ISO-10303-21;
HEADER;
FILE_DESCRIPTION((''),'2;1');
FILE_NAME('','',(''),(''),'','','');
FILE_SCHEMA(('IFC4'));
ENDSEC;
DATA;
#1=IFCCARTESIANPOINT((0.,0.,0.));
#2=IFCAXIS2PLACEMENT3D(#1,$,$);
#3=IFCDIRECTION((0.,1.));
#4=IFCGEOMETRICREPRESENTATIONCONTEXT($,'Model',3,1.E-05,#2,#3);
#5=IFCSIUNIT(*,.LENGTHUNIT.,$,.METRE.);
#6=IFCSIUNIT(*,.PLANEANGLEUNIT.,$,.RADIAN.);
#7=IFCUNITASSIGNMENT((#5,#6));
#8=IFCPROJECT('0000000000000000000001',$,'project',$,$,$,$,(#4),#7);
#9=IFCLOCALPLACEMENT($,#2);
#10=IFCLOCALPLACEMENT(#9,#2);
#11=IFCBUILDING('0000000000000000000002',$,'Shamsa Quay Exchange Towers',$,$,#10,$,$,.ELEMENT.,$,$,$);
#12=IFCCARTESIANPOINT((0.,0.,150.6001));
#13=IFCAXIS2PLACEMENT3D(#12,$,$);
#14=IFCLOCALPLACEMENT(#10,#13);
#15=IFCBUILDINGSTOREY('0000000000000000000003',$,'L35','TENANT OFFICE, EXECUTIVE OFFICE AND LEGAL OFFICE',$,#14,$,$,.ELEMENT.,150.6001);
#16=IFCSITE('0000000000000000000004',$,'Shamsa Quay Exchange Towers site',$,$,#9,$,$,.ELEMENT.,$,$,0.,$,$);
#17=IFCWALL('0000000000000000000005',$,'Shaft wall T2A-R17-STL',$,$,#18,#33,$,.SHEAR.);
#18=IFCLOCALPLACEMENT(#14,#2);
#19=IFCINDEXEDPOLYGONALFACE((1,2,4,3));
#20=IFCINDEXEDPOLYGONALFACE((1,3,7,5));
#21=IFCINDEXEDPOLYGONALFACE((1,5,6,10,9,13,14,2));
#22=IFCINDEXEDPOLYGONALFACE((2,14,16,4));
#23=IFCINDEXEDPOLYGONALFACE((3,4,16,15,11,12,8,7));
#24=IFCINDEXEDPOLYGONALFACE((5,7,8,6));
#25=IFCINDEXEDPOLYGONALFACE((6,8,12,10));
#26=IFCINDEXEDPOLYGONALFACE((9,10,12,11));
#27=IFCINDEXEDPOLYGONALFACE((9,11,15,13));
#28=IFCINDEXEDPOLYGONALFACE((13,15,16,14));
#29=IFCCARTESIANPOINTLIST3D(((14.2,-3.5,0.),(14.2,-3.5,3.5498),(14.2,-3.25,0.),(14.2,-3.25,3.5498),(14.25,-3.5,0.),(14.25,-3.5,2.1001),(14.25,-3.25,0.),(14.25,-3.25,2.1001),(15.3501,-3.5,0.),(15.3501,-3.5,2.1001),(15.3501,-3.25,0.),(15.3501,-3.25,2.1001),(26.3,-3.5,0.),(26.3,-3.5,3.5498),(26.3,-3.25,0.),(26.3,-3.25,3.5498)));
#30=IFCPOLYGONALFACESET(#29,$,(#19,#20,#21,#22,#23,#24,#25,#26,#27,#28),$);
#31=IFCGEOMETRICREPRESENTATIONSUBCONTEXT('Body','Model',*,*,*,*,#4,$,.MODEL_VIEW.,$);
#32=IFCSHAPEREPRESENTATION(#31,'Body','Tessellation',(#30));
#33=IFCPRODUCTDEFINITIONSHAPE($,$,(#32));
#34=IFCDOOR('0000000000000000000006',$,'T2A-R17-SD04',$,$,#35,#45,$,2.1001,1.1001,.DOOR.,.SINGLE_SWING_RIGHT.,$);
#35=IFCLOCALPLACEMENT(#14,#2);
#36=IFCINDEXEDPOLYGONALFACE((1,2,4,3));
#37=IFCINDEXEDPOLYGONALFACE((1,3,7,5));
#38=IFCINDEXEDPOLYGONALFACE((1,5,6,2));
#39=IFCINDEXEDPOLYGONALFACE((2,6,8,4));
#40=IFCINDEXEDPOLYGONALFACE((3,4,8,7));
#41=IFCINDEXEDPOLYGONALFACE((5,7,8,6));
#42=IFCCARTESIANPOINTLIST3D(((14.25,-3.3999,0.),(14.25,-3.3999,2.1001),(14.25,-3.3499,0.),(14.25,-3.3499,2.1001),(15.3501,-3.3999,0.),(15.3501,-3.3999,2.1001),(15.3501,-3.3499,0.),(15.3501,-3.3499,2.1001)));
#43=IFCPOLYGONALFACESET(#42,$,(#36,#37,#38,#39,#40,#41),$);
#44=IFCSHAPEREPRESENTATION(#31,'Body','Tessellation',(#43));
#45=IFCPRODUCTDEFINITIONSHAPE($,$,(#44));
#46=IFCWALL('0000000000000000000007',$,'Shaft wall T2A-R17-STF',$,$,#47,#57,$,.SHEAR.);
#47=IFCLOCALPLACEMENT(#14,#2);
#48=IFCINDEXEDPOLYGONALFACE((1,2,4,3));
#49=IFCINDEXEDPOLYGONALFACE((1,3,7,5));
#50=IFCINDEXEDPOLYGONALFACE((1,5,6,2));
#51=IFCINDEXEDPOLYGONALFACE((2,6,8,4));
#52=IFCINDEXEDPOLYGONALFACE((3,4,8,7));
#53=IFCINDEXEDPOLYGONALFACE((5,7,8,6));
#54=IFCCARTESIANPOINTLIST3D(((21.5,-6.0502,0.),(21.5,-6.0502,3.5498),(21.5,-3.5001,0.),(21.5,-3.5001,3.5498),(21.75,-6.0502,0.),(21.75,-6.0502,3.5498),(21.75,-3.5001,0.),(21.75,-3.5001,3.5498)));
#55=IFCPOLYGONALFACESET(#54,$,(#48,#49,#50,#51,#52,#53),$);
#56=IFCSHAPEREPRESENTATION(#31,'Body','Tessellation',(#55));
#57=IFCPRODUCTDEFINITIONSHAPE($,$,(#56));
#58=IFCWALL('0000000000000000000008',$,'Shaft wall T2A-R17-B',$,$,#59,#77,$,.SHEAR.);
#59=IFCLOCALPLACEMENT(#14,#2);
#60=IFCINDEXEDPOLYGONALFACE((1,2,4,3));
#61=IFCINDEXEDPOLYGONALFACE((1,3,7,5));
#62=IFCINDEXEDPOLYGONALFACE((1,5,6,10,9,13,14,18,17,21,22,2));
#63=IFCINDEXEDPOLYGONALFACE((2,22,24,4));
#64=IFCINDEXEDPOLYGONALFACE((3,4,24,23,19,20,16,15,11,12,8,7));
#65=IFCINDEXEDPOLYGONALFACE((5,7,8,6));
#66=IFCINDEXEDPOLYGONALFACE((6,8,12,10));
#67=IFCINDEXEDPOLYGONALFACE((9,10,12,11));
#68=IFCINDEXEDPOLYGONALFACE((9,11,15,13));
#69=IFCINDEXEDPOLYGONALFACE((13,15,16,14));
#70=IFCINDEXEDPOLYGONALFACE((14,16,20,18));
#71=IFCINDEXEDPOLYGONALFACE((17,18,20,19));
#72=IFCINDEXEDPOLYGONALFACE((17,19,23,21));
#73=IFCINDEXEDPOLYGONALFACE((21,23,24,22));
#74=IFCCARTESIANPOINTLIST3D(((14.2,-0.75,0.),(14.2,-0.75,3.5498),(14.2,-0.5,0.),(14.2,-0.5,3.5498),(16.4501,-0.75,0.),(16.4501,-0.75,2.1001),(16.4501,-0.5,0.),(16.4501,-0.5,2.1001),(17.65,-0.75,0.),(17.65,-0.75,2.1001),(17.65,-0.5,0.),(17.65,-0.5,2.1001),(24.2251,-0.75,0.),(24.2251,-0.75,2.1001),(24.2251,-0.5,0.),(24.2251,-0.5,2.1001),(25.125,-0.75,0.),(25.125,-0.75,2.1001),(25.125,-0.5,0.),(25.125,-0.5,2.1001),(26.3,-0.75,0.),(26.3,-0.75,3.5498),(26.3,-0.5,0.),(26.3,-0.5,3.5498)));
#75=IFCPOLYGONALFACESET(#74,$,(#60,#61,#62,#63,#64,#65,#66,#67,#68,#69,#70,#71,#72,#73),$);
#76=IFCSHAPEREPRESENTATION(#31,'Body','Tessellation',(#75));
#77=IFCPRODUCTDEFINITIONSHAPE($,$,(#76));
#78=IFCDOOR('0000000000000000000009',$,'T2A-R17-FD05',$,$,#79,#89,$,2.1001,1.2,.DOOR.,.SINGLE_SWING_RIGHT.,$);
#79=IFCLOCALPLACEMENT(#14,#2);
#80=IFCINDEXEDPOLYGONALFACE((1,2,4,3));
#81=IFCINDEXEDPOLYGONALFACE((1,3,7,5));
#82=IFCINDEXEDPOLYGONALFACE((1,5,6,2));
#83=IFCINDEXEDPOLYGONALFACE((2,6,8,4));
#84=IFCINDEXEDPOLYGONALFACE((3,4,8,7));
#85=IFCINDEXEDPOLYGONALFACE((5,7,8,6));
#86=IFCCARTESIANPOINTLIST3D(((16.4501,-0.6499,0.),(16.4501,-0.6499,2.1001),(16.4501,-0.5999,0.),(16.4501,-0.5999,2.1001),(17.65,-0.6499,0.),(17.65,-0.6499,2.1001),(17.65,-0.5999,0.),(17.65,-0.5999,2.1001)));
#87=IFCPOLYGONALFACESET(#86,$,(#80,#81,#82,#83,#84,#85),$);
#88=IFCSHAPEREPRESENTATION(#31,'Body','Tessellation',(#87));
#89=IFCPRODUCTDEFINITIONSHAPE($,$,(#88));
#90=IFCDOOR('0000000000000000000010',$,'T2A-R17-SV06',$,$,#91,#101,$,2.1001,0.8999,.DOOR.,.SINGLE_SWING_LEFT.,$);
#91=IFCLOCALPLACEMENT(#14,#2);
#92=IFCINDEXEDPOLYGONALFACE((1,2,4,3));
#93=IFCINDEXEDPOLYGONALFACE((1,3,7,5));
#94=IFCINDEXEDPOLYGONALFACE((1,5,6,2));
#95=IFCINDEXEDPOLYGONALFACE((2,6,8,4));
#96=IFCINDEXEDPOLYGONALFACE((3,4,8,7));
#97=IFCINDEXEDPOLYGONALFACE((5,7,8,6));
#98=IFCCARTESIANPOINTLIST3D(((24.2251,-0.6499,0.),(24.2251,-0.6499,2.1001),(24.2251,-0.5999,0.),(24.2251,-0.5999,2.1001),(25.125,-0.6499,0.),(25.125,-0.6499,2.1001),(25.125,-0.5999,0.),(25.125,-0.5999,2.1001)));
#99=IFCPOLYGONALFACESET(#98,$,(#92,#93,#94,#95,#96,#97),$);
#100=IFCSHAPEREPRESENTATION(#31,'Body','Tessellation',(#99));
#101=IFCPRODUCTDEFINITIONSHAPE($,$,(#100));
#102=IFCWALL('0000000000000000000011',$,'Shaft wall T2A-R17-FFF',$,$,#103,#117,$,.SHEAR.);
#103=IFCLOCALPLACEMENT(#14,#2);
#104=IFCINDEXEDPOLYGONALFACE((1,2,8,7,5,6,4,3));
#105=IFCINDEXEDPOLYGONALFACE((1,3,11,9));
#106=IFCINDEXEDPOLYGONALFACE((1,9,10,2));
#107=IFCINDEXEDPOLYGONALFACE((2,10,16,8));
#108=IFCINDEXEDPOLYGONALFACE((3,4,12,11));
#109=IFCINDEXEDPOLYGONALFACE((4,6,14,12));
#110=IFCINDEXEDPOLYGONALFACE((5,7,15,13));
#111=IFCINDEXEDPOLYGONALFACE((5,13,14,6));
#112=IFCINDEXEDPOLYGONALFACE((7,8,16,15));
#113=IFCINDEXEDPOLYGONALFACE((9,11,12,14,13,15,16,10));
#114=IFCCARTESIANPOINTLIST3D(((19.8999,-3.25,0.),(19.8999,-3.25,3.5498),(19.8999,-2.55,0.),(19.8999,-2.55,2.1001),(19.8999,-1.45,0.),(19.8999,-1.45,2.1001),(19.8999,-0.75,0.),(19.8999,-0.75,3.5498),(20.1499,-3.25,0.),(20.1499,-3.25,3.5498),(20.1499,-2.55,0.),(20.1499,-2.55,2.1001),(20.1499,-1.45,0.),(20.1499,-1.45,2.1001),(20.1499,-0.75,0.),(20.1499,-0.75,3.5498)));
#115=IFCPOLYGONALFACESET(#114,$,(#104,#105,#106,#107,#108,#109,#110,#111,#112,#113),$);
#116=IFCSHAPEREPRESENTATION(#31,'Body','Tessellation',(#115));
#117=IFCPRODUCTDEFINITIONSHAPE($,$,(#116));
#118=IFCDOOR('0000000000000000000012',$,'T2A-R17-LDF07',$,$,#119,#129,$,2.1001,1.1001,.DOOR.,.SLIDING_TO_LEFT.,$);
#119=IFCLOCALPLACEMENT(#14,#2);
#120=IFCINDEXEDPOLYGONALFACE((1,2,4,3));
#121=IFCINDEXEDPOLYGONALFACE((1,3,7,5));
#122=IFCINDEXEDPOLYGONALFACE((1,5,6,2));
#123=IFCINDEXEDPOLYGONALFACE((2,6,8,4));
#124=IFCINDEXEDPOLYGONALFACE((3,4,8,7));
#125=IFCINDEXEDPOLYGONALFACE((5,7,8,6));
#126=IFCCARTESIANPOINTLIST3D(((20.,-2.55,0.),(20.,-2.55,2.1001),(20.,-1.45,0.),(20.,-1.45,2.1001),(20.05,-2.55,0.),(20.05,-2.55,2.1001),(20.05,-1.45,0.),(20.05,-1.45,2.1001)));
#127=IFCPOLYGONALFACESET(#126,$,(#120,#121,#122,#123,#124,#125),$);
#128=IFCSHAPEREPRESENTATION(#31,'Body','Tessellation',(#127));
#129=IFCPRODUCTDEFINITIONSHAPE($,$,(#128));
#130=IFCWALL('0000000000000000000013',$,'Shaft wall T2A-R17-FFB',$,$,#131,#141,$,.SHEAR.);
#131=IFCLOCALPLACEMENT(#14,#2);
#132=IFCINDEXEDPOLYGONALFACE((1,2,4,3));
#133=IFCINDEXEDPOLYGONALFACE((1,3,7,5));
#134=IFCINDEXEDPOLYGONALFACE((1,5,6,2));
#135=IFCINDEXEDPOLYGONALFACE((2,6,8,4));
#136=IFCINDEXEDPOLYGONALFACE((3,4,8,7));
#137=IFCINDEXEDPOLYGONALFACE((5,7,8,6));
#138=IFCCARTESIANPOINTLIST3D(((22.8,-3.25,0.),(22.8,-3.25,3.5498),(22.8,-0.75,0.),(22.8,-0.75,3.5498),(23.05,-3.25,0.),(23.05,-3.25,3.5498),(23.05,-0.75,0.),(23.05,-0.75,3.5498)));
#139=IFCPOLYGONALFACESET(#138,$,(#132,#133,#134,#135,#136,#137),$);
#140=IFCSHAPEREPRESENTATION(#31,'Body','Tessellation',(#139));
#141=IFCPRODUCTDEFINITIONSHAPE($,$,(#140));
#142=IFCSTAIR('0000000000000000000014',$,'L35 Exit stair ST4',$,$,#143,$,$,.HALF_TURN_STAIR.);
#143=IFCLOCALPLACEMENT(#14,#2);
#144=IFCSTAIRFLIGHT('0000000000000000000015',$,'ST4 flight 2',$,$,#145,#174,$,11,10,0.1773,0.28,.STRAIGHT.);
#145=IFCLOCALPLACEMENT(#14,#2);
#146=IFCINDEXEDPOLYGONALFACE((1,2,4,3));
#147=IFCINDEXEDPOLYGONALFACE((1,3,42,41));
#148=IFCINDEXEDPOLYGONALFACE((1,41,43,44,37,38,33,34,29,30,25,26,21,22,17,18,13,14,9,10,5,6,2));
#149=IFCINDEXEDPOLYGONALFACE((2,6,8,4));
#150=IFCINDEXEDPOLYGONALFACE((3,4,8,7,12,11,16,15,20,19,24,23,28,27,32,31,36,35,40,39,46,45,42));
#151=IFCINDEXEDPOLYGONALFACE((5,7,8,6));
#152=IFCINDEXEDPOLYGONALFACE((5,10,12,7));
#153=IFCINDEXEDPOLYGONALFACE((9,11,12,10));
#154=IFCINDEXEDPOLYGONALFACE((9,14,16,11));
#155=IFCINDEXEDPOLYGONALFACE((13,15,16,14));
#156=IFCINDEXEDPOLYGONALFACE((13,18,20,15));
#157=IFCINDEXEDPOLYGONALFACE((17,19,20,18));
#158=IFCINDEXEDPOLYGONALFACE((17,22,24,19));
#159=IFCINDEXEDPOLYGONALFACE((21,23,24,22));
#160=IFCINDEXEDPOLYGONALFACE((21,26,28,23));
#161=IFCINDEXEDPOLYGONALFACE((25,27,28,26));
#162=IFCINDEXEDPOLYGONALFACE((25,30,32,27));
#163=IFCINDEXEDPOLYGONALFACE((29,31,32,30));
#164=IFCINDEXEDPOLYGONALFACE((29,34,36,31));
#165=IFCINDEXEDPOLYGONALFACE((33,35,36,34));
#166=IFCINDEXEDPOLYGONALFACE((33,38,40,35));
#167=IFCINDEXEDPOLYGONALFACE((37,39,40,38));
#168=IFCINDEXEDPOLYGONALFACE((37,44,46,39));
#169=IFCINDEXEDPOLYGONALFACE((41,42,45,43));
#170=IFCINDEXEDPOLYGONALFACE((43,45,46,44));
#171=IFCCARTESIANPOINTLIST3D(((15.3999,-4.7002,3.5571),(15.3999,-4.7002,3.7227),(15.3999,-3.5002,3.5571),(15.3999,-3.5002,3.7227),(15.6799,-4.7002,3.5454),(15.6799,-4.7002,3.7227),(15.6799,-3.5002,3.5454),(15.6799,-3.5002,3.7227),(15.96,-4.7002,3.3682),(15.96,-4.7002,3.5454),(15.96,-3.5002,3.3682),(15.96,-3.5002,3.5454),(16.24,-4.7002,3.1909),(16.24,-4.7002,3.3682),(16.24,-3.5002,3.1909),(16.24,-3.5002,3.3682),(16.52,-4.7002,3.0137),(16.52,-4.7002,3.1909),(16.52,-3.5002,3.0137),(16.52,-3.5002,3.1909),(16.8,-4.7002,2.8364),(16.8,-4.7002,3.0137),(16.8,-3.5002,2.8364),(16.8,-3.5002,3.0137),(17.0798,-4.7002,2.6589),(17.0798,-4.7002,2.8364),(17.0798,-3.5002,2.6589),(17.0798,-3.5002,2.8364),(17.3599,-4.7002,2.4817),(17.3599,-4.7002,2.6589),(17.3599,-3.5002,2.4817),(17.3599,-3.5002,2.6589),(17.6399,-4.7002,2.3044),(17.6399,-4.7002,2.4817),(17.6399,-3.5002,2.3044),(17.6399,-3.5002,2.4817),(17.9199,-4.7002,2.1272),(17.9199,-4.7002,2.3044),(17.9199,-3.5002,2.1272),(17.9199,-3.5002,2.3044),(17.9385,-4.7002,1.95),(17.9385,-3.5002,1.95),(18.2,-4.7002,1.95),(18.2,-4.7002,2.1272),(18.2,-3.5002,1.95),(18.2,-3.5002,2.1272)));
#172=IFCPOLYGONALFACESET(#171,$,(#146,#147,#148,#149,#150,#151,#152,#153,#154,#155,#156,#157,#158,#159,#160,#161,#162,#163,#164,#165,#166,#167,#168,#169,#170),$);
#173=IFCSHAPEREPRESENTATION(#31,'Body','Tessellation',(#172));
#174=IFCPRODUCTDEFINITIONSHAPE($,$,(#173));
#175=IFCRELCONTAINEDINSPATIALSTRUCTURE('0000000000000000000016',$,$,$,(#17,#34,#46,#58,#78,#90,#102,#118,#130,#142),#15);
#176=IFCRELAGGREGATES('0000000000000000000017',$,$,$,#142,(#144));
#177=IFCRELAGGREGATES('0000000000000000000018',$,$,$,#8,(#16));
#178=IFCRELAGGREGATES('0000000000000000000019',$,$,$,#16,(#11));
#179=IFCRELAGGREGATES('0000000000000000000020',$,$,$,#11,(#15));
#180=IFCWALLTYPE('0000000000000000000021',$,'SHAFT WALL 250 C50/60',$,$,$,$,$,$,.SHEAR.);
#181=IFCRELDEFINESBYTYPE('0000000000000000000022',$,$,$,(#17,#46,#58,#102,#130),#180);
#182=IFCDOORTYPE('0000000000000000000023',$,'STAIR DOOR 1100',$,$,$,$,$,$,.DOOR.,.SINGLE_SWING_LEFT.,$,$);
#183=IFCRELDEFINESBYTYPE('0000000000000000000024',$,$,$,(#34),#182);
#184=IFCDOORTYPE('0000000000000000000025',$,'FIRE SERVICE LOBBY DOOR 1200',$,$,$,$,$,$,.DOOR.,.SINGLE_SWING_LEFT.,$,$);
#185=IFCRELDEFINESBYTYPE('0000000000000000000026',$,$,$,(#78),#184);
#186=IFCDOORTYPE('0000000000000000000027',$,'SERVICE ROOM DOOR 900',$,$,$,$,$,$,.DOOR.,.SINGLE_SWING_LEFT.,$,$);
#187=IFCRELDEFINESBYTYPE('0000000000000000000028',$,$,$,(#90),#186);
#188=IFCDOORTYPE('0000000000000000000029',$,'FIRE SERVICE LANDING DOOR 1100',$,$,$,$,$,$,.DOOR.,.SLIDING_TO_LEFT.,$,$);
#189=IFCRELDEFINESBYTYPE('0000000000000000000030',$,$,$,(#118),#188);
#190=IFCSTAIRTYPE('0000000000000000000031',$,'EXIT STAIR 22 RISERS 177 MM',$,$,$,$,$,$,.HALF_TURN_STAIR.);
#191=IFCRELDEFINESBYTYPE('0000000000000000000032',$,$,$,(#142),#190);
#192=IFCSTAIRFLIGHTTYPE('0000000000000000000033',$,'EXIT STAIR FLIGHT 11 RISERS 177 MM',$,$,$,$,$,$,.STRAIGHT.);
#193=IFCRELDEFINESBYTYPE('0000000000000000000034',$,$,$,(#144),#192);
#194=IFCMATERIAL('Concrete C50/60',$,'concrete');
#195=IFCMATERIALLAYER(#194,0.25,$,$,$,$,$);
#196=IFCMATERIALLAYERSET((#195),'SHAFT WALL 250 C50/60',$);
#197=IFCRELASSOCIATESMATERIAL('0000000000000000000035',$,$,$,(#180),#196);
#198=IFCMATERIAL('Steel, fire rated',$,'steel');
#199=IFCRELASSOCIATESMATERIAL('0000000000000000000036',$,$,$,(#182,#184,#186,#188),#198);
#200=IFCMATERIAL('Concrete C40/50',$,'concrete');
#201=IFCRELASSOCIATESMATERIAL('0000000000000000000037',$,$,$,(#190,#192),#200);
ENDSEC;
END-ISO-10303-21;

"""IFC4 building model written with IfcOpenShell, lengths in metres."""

from ifc_helpers import new_model, si_unit, direction, frame, frame_2d, origin, place, context, subcontext, project, spatial, polyline, rectangle, outline, extrude, material, layer, layer_set, type_object, element, fill, aggregate, save


model = new_model("IFC4")

# Units and contexts
model_context = context("Model", 3, precision=1e-05, world=origin(), true_north=direction((0.0, 1.0)))
body_context = subcontext(model_context, "Body", "Model", "MODEL_VIEW")
ifc_project = project(units=[si_unit("LENGTHUNIT", "METRE"), si_unit("PLANEANGLEUNIT", "RADIAN")], contexts=[model_context])

# Site, building, storey
site_placement = place(None, origin())
site = spatial("IfcSite", under=ifc_project, at=site_placement, Name="Shamsa Quay Exchange Towers site", CompositionType="ELEMENT", RefElevation=0.0)
building_placement = place(site_placement, origin())
building = spatial("IfcBuilding", under=site, at=building_placement, Name="Shamsa Quay Exchange Towers", CompositionType="ELEMENT")
storey_placement = place(building_placement, frame((0.0, 0.0, 150.6001)))
storey = spatial("IfcBuildingStorey", under=building, at=storey_placement, Name="L35", Description="TENANT OFFICE, EXECUTIVE OFFICE AND LEGAL OFFICE", CompositionType="ELEMENT", Elevation=150.6001)

# Wall, opening, door
ifc_material_1 = material(Name="Concrete C50/60", Category="concrete")
ifc_layer_1 = layer(ifc_material_1, 0.25)
ifc_layer_set_1 = layer_set([ifc_layer_1], Name="SHAFT WALL 250 C50/60")
wall_type_1 = type_object("IfcWallType", Name="SHAFT WALL 250 C50/60", PredefinedType="SHEAR", material=ifc_layer_set_1)
wall_1_placement = place(storey_placement, frame((26.3, -3.375, 0.0), z_axis=(0.0, 0.0, 1.0), x_axis=(-1.0, 0.0, 0.0)))
wall_1 = element("IfcWall", 1, at=wall_1_placement, inside=storey, type_object=wall_type_1, Name="Shaft wall T2A-R17-STL", PredefinedType="SHEAR", context=body_context, shape_type="SweptSolid", body=[
    extrude(rectangle(XDim=12.1001, YDim=0.25, at=frame_2d((6.05, 0.0))), origin(), (0.0, 0.0, 1.0), 3.5498),
])
opening_1_placement = place(wall_1_placement, frame((10.95, 0.0, 0.0)))
opening_1 = element("IfcOpeningElement", 2, at=opening_1_placement, cuts=wall_1, PredefinedType="OPENING", context=body_context, shape_type="SweptSolid", body=[
    extrude(rectangle(XDim=1.1001, YDim=2.1001, at=frame_2d((0.55, 1.05))), frame((0.0, 0.135, 0.0), z_axis=(0.0, -1.0, 0.0), x_axis=(1.0, 0.0, 0.0)), (0.0, 0.0, 1.0), 0.27),
])
ifc_material_2 = material(Name="Steel, fire rated", Category="steel")
door_type_1 = type_object("IfcDoorType", Name="STAIR DOOR 1100", OperationType="SINGLE_SWING_LEFT", PredefinedType="DOOR", material=ifc_material_2)
door_1_placement = place(opening_1_placement, origin())
door_1 = element("IfcDoor", 3, at=door_1_placement, inside=storey, type_object=door_type_1, Name="T2A-R17-SD04", OperationType="SINGLE_SWING_RIGHT", OverallHeight=2.1001, OverallWidth=1.1001, PredefinedType="DOOR", context=body_context, shape_type="SweptSolid", body=[
    extrude(rectangle(XDim=1.1001, YDim=2.1001, at=frame_2d((0.55, 1.05))), frame((0.0, 0.0249, 0.0), z_axis=(0.0, -1.0, 0.0), x_axis=(1.0, 0.0, 0.0)), (0.0, 0.0, 1.0), 0.05),
])
fill(opening_1, door_1)

# Wall
wall_2_placement = place(storey_placement, frame((21.625, -6.05, 0.0), z_axis=(0.0, 0.0, 1.0), x_axis=(0.0, 1.0, 0.0)))
element("IfcWall", 4, at=wall_2_placement, inside=storey, type_object=wall_type_1, Name="Shaft wall T2A-R17-STF", PredefinedType="SHEAR", context=body_context, shape_type="SweptSolid", body=[
    extrude(rectangle(XDim=2.55, YDim=0.25, at=frame_2d((1.2749, 0.0))), origin(), (0.0, 0.0, 1.0), 3.5498),
])

# Wall, openings, doors
wall_3_placement = place(storey_placement, frame((26.3, -0.625, 0.0), z_axis=(0.0, 0.0, 1.0), x_axis=(-1.0, 0.0, 0.0)))
wall_3 = element("IfcWall", 5, at=wall_3_placement, inside=storey, type_object=wall_type_1, Name="Shaft wall T2A-R17-B", PredefinedType="SHEAR", context=body_context, shape_type="SweptSolid", body=[
    extrude(rectangle(XDim=12.1001, YDim=0.25, at=frame_2d((6.05, 0.0))), origin(), (0.0, 0.0, 1.0), 3.5498),
])
opening_2_placement = place(wall_3_placement, frame((8.6499, 0.0, 0.0)))
opening_2 = element("IfcOpeningElement", 6, at=opening_2_placement, cuts=wall_3, PredefinedType="OPENING", context=body_context, shape_type="SweptSolid", body=[
    extrude(rectangle(XDim=1.2, YDim=2.1001, at=frame_2d((0.6001, 1.05))), frame((0.0, 0.135, 0.0), z_axis=(0.0, -1.0, 0.0), x_axis=(1.0, 0.0, 0.0)), (0.0, 0.0, 1.0), 0.27),
])
opening_3_placement = place(wall_3_placement, frame((1.175, 0.0, 0.0)))
opening_3 = element("IfcOpeningElement", 7, at=opening_3_placement, cuts=wall_3, PredefinedType="OPENING", context=body_context, shape_type="SweptSolid", body=[
    extrude(rectangle(XDim=0.8999, YDim=2.1001, at=frame_2d((0.45, 1.05))), frame((0.0, 0.135, 0.0), z_axis=(0.0, -1.0, 0.0), x_axis=(1.0, 0.0, 0.0)), (0.0, 0.0, 1.0), 0.27),
])
door_type_2 = type_object("IfcDoorType", Name="FIRE SERVICE LOBBY DOOR 1200", OperationType="SINGLE_SWING_LEFT", PredefinedType="DOOR", material=ifc_material_2)
door_2_placement = place(opening_2_placement, origin())
door_2 = element("IfcDoor", 8, at=door_2_placement, inside=storey, type_object=door_type_2, Name="T2A-R17-FD05", OperationType="SINGLE_SWING_RIGHT", OverallHeight=2.1001, OverallWidth=1.2, PredefinedType="DOOR", context=body_context, shape_type="SweptSolid", body=[
    extrude(rectangle(XDim=1.2, YDim=2.1001, at=frame_2d((0.6001, 1.05))), frame((0.0, 0.0249, 0.0), z_axis=(0.0, -1.0, 0.0), x_axis=(1.0, 0.0, 0.0)), (0.0, 0.0, 1.0), 0.05),
])
fill(opening_2, door_2)
door_type_3 = type_object("IfcDoorType", Name="SERVICE ROOM DOOR 900", OperationType="SINGLE_SWING_LEFT", PredefinedType="DOOR", material=ifc_material_2)
door_3_placement = place(opening_3_placement, origin())
door_3 = element("IfcDoor", 9, at=door_3_placement, inside=storey, type_object=door_type_3, Name="T2A-R17-SV06", OperationType="SINGLE_SWING_LEFT", OverallHeight=2.1001, OverallWidth=0.8999, PredefinedType="DOOR", context=body_context, shape_type="SweptSolid", body=[
    extrude(rectangle(XDim=0.8999, YDim=2.1001, at=frame_2d((0.45, 1.05))), frame((0.0, 0.0249, 0.0), z_axis=(0.0, -1.0, 0.0), x_axis=(1.0, 0.0, 0.0)), (0.0, 0.0, 1.0), 0.05),
])
fill(opening_3, door_3)

# Wall, opening, door
wall_4_placement = place(storey_placement, frame((20.0249, -3.25, 0.0), z_axis=(0.0, 0.0, 1.0), x_axis=(0.0, 1.0, 0.0)))
wall_4 = element("IfcWall", 10, at=wall_4_placement, inside=storey, type_object=wall_type_1, Name="Shaft wall T2A-R17-FFF", PredefinedType="SHEAR", context=body_context, shape_type="SweptSolid", body=[
    extrude(rectangle(XDim=2.5, YDim=0.25, at=frame_2d((1.25, 0.0))), origin(), (0.0, 0.0, 1.0), 3.5498),
])
opening_4_placement = place(wall_4_placement, frame((0.7, 0.0, 0.0)))
opening_4 = element("IfcOpeningElement", 11, at=opening_4_placement, cuts=wall_4, PredefinedType="OPENING", context=body_context, shape_type="SweptSolid", body=[
    extrude(rectangle(XDim=1.1001, YDim=2.1001, at=frame_2d((0.55, 1.05))), frame((0.0, 0.135, 0.0), z_axis=(0.0, -1.0, 0.0), x_axis=(1.0, 0.0, 0.0)), (0.0, 0.0, 1.0), 0.27),
])
door_type_4 = type_object("IfcDoorType", Name="FIRE SERVICE LANDING DOOR 1100", OperationType="SLIDING_TO_LEFT", PredefinedType="DOOR", material=ifc_material_2)
door_4_placement = place(opening_4_placement, origin())
door_4 = element("IfcDoor", 12, at=door_4_placement, inside=storey, type_object=door_type_4, Name="T2A-R17-LDF07", OperationType="SLIDING_TO_LEFT", OverallHeight=2.1001, OverallWidth=1.1001, PredefinedType="DOOR", context=body_context, shape_type="SweptSolid", body=[
    extrude(rectangle(XDim=1.1001, YDim=2.1001, at=frame_2d((0.55, 1.05))), frame((0.0, 0.0249, 0.0), z_axis=(0.0, -1.0, 0.0), x_axis=(1.0, 0.0, 0.0)), (0.0, 0.0, 1.0), 0.05),
])
fill(opening_4, door_4)

# Wall
wall_5_placement = place(storey_placement, frame((22.925, -3.25, 0.0), z_axis=(0.0, 0.0, 1.0), x_axis=(0.0, 1.0, 0.0)))
element("IfcWall", 13, at=wall_5_placement, inside=storey, type_object=wall_type_1, Name="Shaft wall T2A-R17-FFB", PredefinedType="SHEAR", context=body_context, shape_type="SweptSolid", body=[
    extrude(rectangle(XDim=2.5, YDim=0.25, at=frame_2d((1.25, 0.0))), origin(), (0.0, 0.0, 1.0), 3.5498),
])

# Stair, stair flight
ifc_material_3 = material(Name="Concrete C40/50", Category="concrete")
stair_type = type_object("IfcStairType", Name="EXIT STAIR 22 RISERS 177 MM", PredefinedType="HALF_TURN_STAIR", material=ifc_material_3)
stair_placement = place(storey_placement, origin())
stair = element("IfcStair", 14, at=stair_placement, inside=storey, type_object=stair_type, Name="L35 Exit stair ST4", PredefinedType="HALF_TURN_STAIR")
stair_flight_type = type_object("IfcStairFlightType", Name="EXIT STAIR FLIGHT 11 RISERS 177 MM", PredefinedType="STRAIGHT", material=ifc_material_3)
stair_flight_placement = place(storey_placement, frame((18.2, -4.1001, 1.95), z_axis=(0.0, 0.0, 1.0), x_axis=(-1.0, 0.0, 0.0)))
stair_flight = element("IfcStairFlight", 15, at=stair_flight_placement, type_object=stair_flight_type, Name="ST4 flight 2", NumberOfRisers=11, NumberOfTreads=10, PredefinedType="STRAIGHT", RiserHeight=0.1773, TreadLength=0.28, context=body_context, shape_type="SweptSolid", body=[
    extrude(outline(polyline([(0.0, 0.0), (0.0, 0.1772), (0.28, 0.1772), (0.28, 0.3545), (0.5601, 0.3545), (0.5601, 0.5317), (0.8401, 0.5317), (0.8401, 0.709), (1.1201, 0.709), (1.1201, 0.8865), (1.3999, 0.8865), (1.3999, 1.0637), (1.6799, 1.0637), (1.6799, 1.241), (1.96, 1.241), (1.96, 1.4182), (2.24, 1.4182), (2.24, 1.5955), (2.52, 1.5955), (2.52, 1.7727), (2.8, 1.7727), (2.8, 1.95), (2.8, 1.6072), (0.2615, 0.0), (0.0, 0.0)])), frame((0.0, 0.6001, 0.0), z_axis=(0.0, -1.0, 0.0), x_axis=(1.0, 0.0, 0.0)), (0.0, 0.0, 1.0), 1.2),
])
aggregate(stair, [stair_flight])

save(model, "model.ifc")
